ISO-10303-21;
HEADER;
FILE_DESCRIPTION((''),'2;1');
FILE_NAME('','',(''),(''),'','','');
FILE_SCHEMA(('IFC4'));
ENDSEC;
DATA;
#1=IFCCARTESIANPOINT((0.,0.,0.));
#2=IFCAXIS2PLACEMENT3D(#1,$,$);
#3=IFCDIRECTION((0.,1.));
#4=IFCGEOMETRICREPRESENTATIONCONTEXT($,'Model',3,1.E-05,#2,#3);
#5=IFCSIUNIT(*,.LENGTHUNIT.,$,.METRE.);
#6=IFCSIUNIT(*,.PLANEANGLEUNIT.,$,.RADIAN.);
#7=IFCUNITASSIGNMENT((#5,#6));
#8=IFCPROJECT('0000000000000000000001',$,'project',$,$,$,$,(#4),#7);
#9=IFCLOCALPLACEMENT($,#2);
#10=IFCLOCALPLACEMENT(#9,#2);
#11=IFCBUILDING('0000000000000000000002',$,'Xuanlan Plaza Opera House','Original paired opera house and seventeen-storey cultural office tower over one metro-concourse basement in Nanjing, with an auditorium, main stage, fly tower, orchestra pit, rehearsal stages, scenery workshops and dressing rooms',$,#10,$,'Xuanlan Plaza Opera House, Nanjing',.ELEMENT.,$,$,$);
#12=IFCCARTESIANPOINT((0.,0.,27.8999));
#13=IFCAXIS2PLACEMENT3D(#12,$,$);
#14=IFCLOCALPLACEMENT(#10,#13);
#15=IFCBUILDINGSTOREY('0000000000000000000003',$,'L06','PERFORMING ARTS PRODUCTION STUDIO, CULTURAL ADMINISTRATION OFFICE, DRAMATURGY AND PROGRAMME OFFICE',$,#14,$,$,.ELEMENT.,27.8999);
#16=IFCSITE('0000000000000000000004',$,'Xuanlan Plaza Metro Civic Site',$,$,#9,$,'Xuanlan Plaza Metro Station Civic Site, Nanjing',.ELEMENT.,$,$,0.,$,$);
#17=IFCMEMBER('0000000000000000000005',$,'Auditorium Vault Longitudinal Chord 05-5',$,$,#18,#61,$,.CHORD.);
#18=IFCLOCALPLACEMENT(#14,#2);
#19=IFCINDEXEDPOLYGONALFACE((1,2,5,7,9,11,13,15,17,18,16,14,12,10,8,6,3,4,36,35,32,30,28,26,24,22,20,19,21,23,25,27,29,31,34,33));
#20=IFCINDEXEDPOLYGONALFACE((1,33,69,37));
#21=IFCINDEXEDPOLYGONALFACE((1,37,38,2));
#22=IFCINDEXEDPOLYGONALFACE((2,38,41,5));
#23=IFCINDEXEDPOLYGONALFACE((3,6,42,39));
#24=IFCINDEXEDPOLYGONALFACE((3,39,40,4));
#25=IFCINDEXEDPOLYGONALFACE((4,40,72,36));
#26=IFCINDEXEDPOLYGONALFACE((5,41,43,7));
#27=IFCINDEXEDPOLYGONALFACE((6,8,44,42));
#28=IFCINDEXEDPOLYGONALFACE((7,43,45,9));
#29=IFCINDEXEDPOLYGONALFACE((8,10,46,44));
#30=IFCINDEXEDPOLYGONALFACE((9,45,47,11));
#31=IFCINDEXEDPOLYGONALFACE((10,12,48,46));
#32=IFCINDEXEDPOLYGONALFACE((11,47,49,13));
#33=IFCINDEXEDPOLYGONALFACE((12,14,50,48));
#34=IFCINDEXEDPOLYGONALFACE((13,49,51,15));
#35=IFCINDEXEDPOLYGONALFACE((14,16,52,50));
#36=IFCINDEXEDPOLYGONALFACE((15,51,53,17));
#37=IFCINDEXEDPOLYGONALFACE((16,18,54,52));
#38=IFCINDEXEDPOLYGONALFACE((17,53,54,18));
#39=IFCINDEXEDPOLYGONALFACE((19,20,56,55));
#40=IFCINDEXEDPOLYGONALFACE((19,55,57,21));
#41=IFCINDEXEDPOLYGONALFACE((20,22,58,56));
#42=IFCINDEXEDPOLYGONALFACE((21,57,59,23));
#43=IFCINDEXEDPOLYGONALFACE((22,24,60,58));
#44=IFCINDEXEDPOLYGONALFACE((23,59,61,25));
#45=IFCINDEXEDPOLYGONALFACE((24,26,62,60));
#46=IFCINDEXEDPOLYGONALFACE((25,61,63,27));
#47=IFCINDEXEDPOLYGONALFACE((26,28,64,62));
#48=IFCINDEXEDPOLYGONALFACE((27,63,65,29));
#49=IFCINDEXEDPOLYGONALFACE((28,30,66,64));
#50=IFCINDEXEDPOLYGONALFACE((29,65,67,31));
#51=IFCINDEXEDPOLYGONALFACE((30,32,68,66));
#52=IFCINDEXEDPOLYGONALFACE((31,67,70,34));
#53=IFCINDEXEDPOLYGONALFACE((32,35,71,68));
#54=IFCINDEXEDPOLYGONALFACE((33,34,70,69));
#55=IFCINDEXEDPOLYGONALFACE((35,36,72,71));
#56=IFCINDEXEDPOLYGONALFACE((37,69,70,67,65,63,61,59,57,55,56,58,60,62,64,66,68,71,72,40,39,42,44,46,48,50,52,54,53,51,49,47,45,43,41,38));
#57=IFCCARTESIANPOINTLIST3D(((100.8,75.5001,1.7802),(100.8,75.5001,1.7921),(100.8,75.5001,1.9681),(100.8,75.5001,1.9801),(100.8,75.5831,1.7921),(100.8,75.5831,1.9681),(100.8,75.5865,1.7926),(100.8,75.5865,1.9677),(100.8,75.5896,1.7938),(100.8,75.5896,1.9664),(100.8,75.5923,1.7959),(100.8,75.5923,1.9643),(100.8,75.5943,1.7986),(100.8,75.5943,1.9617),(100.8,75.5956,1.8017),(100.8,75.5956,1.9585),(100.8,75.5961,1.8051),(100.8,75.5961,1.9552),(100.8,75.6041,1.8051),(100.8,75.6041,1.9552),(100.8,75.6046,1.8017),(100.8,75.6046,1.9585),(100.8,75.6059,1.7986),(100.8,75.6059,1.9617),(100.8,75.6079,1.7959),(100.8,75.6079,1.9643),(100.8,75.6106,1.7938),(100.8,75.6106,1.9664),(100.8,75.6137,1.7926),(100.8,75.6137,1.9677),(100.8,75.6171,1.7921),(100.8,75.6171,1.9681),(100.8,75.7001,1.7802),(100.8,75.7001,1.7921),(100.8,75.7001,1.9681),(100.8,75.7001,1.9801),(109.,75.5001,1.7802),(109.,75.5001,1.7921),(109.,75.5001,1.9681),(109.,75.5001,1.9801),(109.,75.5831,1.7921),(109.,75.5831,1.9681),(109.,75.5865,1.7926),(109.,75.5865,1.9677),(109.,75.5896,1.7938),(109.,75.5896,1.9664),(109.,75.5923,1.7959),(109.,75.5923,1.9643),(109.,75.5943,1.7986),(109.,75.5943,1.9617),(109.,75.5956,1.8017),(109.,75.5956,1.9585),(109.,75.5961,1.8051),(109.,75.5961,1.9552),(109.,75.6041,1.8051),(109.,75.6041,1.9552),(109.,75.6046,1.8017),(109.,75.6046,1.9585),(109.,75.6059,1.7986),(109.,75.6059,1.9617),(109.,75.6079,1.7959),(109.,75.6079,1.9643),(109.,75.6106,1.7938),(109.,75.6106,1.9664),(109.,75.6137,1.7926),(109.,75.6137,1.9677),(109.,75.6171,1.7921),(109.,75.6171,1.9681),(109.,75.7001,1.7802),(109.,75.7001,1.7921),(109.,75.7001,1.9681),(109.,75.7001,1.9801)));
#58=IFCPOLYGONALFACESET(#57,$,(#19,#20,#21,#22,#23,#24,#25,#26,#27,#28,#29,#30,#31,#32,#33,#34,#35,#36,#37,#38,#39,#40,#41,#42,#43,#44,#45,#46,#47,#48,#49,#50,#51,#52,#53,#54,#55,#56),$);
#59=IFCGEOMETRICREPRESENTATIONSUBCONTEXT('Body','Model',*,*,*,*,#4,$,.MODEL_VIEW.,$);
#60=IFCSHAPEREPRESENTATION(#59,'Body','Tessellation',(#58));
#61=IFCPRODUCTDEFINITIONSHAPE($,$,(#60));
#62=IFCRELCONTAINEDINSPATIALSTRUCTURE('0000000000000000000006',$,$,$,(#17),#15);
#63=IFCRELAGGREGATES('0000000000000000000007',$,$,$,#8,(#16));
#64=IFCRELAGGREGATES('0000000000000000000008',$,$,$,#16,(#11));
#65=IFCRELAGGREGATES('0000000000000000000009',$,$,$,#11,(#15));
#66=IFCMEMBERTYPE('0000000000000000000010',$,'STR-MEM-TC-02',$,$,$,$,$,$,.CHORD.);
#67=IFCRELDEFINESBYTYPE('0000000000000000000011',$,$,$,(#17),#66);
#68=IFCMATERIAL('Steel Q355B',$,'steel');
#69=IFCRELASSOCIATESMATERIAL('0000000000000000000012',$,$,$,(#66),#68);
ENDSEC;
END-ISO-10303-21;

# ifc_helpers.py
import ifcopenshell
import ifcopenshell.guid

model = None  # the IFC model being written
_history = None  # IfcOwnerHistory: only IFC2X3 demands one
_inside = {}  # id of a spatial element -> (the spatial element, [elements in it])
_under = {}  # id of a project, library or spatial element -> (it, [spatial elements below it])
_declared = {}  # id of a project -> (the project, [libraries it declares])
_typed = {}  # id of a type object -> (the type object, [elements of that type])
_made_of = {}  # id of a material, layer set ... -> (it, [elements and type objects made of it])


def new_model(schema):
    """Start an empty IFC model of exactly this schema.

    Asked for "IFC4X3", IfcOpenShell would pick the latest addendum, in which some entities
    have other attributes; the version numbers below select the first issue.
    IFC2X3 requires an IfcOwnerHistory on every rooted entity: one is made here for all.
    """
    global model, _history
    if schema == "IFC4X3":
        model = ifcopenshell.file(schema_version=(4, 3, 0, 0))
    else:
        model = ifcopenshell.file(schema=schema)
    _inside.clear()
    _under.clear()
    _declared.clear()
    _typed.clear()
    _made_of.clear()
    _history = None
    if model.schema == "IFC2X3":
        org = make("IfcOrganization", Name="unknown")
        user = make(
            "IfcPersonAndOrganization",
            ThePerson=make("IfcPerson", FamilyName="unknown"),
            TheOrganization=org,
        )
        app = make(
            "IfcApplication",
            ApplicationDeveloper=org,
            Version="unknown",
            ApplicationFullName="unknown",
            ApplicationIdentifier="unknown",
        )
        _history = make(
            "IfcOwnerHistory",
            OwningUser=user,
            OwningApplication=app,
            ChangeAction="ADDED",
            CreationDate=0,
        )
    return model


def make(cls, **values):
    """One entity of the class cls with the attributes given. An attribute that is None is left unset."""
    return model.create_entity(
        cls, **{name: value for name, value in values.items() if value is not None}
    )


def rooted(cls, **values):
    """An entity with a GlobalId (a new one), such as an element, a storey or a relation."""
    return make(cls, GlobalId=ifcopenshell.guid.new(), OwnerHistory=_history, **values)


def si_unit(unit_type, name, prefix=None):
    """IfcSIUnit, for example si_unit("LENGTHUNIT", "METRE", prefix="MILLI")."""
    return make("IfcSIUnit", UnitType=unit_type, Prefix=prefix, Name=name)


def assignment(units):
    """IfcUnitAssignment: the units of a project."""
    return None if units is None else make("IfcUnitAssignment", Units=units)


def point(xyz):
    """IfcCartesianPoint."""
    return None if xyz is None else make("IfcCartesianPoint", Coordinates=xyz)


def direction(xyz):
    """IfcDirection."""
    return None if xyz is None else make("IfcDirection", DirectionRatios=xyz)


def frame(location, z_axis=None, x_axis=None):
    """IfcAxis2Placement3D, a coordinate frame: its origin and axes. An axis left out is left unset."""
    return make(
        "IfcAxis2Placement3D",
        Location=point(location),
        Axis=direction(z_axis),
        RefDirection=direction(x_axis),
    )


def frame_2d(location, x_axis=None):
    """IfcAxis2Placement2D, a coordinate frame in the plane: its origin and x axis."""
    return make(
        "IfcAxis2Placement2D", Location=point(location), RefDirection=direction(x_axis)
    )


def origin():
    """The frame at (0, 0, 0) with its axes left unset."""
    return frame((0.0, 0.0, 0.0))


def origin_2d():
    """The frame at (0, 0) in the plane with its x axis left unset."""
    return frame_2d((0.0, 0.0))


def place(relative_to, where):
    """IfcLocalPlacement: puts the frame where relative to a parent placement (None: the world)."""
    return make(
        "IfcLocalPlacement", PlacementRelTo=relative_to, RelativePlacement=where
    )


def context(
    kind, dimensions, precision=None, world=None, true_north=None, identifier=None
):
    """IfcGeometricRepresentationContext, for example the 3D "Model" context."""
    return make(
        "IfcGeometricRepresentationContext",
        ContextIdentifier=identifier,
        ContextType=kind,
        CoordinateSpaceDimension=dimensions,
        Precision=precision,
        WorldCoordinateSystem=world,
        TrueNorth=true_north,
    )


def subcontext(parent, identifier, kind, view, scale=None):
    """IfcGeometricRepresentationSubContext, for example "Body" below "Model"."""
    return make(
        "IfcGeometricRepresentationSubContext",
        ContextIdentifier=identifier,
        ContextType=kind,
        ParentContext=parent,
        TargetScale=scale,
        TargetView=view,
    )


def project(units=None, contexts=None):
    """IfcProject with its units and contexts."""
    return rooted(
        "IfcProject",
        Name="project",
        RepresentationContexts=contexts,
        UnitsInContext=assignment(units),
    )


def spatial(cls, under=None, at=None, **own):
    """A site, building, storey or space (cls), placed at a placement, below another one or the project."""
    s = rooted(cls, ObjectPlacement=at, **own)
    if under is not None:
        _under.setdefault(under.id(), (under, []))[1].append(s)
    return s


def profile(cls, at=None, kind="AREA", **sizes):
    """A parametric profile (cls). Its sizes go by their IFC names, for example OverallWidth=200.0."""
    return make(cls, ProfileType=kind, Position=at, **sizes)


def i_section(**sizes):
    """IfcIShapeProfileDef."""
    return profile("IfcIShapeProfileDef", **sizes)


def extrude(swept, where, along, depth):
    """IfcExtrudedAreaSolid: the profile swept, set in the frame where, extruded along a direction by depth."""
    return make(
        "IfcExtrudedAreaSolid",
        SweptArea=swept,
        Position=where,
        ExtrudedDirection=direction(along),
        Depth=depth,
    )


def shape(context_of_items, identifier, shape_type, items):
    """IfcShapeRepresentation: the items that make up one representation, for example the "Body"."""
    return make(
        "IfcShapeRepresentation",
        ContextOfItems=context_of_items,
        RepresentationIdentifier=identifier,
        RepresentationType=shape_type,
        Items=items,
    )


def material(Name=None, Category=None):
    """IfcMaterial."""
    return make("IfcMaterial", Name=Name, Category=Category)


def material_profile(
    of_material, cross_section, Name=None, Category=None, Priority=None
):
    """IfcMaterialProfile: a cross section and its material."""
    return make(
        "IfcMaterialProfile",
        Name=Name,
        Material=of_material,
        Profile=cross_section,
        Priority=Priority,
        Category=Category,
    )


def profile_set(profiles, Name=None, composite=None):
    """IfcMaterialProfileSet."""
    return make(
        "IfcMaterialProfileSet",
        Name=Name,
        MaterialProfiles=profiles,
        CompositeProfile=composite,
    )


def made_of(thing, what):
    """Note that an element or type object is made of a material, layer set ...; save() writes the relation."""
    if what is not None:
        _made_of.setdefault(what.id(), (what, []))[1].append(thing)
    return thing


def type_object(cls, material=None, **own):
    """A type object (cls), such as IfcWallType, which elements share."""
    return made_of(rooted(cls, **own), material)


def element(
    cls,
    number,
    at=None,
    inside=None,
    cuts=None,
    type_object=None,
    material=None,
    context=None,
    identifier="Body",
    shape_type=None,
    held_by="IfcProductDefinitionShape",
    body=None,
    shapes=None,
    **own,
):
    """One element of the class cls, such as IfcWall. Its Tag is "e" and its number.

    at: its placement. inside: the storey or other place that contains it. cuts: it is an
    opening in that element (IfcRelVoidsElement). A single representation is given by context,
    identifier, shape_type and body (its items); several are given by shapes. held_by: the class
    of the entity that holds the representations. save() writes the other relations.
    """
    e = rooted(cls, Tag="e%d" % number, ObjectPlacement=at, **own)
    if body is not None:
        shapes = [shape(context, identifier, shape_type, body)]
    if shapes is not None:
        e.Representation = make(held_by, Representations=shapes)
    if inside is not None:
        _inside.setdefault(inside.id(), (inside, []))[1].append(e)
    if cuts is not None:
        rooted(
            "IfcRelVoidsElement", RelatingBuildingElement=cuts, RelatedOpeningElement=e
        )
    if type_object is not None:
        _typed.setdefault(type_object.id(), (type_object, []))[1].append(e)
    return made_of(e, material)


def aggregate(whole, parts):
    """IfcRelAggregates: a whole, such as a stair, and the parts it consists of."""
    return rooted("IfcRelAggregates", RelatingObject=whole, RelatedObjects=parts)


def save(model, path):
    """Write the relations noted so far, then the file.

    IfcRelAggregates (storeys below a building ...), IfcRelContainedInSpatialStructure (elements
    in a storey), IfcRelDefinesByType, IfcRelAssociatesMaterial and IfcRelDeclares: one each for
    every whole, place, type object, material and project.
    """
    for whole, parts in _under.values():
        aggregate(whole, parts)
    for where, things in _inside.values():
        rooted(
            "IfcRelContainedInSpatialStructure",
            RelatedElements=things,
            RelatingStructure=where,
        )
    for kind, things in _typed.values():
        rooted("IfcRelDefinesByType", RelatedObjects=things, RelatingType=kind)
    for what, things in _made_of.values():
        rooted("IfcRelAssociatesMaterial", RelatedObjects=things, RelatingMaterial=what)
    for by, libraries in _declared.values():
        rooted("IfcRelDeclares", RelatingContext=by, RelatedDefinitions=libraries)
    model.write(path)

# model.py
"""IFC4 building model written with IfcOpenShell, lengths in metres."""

from ifc_helpers import new_model, si_unit, direction, frame, origin, origin_2d, place, context, subcontext, project, spatial, i_section, extrude, material, material_profile, profile_set, type_object, element, save


model = new_model("IFC4")

# Units and contexts
model_context = context("Model", 3, precision=1e-05, world=origin(), true_north=direction((0.0, 1.0)))
body_context = subcontext(model_context, "Body", "Model", "MODEL_VIEW")
ifc_project = project(units=[si_unit("LENGTHUNIT", "METRE"), si_unit("PLANEANGLEUNIT", "RADIAN")], contexts=[model_context])

# Site, building, storey
site_placement = place(None, origin())
site = spatial("IfcSite", under=ifc_project, at=site_placement, Name="Xuanlan Plaza Metro Civic Site", LongName="Xuanlan Plaza Metro Station Civic Site, Nanjing", CompositionType="ELEMENT", RefElevation=0.0)
building_placement = place(site_placement, origin())
building = spatial("IfcBuilding", under=site, at=building_placement, Name="Xuanlan Plaza Opera House", Description="Original paired opera house and seventeen-storey cultural office tower over one metro-concourse basement in Nanjing, with an auditorium, main stage, fly tower, orchestra pit, rehearsal stages, scenery workshops and dressing rooms", LongName="Xuanlan Plaza Opera House, Nanjing", CompositionType="ELEMENT")
storey_placement = place(building_placement, frame((0.0, 0.0, 27.8999)))
storey = spatial("IfcBuildingStorey", under=building, at=storey_placement, Name="L06", Description="PERFORMING ARTS PRODUCTION STUDIO, CULTURAL ADMINISTRATION OFFICE, DRAMATURGY AND PROGRAMME OFFICE", CompositionType="ELEMENT", Elevation=27.8999)

# Member
ifc_material = material(Name="Steel Q355B", Category="steel")
ifc_material_profile_1 = material_profile(ifc_material, i_section(OverallWidth=0.2, OverallDepth=0.2, WebThickness=0.0081, FlangeThickness=0.012, FilletRadius=0.0129, at=origin_2d()), Name="HW 200x200x8x12")
ifc_profile_set_1 = profile_set([ifc_material_profile_1], Name="Steel Q355B")
member_type_1 = type_object("IfcMemberType", Name="STR-MEM-TC-02", PredefinedType="CHORD", material=ifc_profile_set_1)
for number, where, z_axis, x_axis, name in (
    (1, (100.8, 75.6001, 1.8801), (1.0, 0.0, 0.0), (0.0, 1.0, 0.0), "Auditorium Vault Longitudinal Chord 05-5"),
):
    element("IfcMember", number, at=place(storey_placement, frame(where, z_axis=z_axis, x_axis=x_axis)), inside=storey, type_object=member_type_1, Name=name, PredefinedType="CHORD", context=body_context, shape_type="SweptSolid", body=[
        extrude(i_section(OverallWidth=0.2, OverallDepth=0.2, WebThickness=0.0081, FlangeThickness=0.012, FilletRadius=0.0129, at=origin_2d()), origin(), (0.0, 0.0, 1.0), 8.2),
    ])

save(model, "model.ifc")
